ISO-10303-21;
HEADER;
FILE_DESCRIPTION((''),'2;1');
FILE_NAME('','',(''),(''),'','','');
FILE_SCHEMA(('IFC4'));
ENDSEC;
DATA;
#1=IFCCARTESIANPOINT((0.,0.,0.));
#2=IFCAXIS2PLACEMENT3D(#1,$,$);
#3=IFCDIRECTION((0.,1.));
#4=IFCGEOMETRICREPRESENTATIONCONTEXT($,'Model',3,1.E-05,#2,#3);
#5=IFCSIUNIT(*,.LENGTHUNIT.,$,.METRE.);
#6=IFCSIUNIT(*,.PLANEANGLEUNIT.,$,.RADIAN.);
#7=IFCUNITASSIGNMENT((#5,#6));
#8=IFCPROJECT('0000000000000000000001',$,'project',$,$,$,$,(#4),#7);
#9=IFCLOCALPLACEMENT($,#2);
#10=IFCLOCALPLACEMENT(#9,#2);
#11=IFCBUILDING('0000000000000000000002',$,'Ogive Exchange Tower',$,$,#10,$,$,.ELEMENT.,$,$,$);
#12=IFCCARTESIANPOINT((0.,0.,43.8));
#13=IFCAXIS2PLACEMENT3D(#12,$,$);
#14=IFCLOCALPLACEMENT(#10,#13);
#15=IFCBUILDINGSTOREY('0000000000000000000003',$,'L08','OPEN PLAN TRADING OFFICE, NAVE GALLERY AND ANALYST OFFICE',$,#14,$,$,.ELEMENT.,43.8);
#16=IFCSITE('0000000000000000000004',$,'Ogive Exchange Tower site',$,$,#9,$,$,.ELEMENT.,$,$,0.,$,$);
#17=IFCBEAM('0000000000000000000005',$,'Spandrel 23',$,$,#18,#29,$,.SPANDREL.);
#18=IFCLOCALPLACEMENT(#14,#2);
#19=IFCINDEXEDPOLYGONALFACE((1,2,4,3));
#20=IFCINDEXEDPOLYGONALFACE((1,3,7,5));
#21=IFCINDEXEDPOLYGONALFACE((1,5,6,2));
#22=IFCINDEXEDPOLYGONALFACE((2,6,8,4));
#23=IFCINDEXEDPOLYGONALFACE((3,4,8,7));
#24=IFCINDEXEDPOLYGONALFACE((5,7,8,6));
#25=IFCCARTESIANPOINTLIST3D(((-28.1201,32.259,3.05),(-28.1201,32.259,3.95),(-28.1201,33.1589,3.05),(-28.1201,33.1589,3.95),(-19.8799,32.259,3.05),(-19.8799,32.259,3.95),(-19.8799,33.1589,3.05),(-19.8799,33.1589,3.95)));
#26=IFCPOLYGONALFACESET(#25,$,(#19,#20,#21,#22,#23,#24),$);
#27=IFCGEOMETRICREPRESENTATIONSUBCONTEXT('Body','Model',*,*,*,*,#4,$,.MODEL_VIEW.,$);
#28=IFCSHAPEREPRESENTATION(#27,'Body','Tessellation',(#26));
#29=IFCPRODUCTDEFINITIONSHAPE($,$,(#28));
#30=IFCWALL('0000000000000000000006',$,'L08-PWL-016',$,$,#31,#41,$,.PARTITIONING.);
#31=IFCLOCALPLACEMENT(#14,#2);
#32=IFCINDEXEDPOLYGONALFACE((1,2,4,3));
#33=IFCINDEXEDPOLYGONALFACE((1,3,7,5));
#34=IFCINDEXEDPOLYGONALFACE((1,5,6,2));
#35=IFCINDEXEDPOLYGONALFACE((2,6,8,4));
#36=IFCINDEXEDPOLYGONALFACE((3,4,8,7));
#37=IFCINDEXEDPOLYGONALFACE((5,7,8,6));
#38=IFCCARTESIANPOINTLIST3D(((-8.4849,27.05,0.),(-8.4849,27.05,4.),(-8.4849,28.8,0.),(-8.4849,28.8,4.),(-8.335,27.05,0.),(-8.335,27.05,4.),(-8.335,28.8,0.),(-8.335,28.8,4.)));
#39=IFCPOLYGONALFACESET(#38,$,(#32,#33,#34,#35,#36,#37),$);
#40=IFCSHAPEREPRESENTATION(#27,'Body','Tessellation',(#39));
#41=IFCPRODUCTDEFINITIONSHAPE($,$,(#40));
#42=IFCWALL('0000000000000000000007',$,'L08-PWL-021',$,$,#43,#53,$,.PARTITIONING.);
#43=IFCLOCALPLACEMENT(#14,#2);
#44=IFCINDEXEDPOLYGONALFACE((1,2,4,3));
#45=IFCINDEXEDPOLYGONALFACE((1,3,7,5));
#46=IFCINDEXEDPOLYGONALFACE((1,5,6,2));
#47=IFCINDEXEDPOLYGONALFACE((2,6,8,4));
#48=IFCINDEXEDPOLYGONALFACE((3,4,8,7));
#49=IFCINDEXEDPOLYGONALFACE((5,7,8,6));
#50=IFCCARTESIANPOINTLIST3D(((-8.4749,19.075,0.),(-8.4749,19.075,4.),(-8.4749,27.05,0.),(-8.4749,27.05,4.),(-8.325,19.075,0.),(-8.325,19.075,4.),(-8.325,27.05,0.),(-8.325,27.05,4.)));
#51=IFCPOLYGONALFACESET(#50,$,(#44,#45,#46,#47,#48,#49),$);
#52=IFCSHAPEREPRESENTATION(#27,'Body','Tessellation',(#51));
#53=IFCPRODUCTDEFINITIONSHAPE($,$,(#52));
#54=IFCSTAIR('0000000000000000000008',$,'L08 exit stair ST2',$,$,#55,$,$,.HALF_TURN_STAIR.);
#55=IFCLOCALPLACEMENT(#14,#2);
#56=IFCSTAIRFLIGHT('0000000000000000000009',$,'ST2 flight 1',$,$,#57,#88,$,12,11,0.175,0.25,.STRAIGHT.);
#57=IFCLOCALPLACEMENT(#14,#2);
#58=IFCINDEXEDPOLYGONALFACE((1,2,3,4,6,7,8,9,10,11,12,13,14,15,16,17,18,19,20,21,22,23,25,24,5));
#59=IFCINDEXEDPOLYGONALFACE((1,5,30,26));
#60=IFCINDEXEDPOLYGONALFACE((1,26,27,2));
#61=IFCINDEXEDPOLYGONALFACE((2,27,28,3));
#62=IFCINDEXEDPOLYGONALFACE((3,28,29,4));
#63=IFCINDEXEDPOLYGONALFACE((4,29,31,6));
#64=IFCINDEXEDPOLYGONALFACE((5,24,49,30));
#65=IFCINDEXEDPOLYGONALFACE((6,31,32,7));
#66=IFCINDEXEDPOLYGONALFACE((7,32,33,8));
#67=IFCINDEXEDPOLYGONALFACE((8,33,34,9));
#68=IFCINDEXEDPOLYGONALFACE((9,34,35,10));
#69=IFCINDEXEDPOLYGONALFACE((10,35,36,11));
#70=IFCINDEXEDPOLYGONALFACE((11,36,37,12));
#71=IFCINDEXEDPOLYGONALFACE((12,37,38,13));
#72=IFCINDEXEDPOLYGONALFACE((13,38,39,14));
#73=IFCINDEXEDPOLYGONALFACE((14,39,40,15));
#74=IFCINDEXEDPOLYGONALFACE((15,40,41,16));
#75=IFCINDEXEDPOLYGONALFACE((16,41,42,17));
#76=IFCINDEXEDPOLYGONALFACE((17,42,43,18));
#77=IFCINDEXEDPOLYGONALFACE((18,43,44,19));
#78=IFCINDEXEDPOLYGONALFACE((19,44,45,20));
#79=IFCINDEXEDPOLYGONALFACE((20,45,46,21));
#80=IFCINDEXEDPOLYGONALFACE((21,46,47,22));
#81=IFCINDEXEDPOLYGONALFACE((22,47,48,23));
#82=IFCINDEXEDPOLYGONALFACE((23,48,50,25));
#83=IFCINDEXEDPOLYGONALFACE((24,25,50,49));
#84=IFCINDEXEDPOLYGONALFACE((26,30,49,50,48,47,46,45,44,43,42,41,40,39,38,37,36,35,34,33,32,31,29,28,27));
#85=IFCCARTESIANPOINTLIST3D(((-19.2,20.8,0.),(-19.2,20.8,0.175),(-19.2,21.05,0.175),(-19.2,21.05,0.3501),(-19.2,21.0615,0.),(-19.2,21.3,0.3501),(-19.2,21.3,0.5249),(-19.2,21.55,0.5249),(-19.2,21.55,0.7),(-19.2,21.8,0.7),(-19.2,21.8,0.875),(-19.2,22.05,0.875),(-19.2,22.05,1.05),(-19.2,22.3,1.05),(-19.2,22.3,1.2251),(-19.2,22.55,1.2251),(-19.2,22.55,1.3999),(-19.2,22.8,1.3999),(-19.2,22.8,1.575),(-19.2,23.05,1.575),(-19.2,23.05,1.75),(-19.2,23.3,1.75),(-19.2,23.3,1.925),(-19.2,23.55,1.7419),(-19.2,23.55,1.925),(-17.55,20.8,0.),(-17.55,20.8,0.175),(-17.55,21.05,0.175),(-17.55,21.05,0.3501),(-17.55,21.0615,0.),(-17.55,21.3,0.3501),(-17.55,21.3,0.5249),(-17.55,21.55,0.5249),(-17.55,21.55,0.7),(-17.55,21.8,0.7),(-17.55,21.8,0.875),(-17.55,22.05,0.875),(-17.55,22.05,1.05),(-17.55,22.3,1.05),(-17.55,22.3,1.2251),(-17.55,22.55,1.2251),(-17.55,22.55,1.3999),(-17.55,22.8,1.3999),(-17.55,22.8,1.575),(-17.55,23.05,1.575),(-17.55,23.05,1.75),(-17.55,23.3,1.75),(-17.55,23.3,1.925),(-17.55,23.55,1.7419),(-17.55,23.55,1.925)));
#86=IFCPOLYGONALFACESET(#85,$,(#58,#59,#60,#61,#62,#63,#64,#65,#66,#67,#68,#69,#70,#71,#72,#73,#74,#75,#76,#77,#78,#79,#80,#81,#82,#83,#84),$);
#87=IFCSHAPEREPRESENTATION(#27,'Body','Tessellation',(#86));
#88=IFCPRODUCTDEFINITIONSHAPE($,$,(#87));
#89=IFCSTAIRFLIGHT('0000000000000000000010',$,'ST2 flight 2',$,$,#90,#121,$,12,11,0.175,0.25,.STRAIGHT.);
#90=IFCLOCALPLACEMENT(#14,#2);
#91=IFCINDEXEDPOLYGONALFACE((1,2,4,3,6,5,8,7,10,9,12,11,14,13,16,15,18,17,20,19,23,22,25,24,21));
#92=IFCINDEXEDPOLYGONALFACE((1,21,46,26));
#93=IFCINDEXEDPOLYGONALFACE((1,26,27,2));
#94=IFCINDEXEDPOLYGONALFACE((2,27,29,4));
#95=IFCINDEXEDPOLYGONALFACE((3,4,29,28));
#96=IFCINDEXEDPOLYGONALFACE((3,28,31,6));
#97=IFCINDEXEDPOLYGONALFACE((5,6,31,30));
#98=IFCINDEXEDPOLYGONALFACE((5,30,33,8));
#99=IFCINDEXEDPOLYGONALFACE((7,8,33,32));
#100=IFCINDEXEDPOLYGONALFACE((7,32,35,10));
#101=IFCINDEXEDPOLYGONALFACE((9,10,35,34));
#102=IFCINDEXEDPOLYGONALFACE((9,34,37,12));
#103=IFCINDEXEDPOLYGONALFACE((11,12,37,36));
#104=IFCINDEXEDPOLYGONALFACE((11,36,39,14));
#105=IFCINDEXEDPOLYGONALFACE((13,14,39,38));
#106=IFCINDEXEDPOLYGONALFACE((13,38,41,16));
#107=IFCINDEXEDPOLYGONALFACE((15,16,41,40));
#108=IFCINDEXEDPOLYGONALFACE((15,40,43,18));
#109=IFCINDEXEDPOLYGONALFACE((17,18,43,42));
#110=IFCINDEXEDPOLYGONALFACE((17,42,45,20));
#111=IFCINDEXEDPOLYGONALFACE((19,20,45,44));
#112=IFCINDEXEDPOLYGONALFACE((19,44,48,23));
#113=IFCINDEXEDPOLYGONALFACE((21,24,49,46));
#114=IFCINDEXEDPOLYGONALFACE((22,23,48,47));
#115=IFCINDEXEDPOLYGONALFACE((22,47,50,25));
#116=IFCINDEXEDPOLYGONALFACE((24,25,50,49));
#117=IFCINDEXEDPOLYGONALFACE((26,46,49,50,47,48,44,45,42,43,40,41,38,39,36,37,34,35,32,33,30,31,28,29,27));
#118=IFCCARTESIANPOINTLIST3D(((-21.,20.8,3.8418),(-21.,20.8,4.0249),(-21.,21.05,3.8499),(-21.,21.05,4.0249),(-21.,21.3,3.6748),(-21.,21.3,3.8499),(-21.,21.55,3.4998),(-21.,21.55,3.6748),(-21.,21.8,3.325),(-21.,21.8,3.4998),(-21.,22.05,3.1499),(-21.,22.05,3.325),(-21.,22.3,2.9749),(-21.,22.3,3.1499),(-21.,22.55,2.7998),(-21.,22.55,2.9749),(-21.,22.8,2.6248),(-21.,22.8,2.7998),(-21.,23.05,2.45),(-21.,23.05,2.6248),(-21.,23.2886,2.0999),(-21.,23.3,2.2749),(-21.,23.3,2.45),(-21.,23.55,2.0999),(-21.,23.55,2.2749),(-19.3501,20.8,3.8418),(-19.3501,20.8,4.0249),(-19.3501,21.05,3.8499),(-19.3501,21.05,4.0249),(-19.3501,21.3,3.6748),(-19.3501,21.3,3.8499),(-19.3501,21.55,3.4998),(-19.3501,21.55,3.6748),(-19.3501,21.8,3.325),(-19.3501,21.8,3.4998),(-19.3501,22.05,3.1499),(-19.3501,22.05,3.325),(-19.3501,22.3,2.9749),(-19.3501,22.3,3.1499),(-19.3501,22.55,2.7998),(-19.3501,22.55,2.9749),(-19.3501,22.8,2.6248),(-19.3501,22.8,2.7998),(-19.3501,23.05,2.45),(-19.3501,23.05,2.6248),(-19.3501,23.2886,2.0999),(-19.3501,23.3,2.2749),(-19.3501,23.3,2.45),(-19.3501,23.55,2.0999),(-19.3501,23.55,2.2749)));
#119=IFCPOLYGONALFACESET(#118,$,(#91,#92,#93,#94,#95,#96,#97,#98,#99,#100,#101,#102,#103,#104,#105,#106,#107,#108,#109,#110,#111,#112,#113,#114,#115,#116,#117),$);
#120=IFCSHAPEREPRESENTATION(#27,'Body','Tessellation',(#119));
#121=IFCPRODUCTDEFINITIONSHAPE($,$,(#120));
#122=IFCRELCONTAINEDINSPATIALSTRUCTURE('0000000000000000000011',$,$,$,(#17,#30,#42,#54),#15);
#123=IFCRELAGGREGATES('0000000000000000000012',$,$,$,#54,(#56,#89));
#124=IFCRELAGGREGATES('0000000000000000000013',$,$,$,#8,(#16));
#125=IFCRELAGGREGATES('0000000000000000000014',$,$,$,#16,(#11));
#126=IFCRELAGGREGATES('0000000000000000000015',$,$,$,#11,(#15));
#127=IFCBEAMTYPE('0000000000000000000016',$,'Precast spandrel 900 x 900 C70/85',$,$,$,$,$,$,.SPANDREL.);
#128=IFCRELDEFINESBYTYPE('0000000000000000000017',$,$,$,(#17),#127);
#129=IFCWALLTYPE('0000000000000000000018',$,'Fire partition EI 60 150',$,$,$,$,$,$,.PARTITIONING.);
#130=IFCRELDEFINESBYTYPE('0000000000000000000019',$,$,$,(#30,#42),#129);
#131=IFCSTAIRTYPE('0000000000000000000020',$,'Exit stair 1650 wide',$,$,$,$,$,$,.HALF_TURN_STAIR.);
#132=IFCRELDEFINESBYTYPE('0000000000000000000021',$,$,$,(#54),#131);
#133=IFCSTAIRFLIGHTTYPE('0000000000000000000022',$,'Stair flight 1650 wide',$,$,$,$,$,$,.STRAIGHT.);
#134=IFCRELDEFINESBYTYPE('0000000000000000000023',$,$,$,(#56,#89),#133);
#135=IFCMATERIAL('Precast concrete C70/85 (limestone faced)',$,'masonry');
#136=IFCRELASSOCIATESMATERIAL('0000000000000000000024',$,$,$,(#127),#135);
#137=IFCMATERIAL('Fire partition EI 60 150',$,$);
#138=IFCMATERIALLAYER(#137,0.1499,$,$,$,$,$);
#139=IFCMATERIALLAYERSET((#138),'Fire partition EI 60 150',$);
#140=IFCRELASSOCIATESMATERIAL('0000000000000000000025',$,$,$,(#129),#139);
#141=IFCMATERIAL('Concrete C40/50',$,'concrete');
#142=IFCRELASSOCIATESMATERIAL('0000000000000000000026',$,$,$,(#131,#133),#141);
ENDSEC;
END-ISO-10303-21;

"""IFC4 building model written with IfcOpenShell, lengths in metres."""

from ifc_helpers import new_model, si_unit, direction, frame, frame_2d, origin, origin_2d, place, context, subcontext, project, spatial, polyline, rectangle, outline, extrude, material, layer, layer_set, material_profile, profile_set, type_object, element, aggregate, save


model = new_model("IFC4")

# Units and contexts
model_context = context("Model", 3, precision=1e-05, world=origin(), true_north=direction((0.0, 1.0)))
body_context = subcontext(model_context, "Body", "Model", "MODEL_VIEW")
ifc_project = project(units=[si_unit("LENGTHUNIT", "METRE"), si_unit("PLANEANGLEUNIT", "RADIAN")], contexts=[model_context])

# Site, building, storey
site_placement = place(None, origin())
site = spatial("IfcSite", under=ifc_project, at=site_placement, Name="Ogive Exchange Tower site", CompositionType="ELEMENT", RefElevation=0.0)
building_placement = place(site_placement, origin())
building = spatial("IfcBuilding", under=site, at=building_placement, Name="Ogive Exchange Tower", CompositionType="ELEMENT")
storey_placement = place(building_placement, frame((0.0, 0.0, 43.8)))
storey = spatial("IfcBuildingStorey", under=building, at=storey_placement, Name="L08", Description="OPEN PLAN TRADING OFFICE, NAVE GALLERY AND ANALYST OFFICE", CompositionType="ELEMENT", Elevation=43.8)

# Shared definitions
ifc_material_1 = material(Name="Precast concrete C70/85 (limestone faced)", Category="masonry")

# Beam
ifc_material_profile_1 = material_profile(ifc_material_1, rectangle(XDim=0.8999, YDim=0.8999, at=origin_2d()), Name="900 x 900")
ifc_profile_set_1 = profile_set([ifc_material_profile_1], Name="Precast concrete C70/85 (limestone faced)")
beam_type_1 = type_object("IfcBeamType", Name="Precast spandrel 900 x 900 C70/85", PredefinedType="SPANDREL", material=ifc_profile_set_1)
beam_1_placement = place(storey_placement, frame((-19.8799, 32.709, 3.5), z_axis=(-1.0, 0.0, 0.0), x_axis=(0.0, -1.0, 0.0)))
element("IfcBeam", 1, at=beam_1_placement, inside=storey, type_object=beam_type_1, Name="Spandrel 23", PredefinedType="SPANDREL", context=body_context, shape_type="SweptSolid", body=[
    extrude(rectangle(XDim=0.8999, YDim=0.8999, at=origin_2d()), origin(), (0.0, 0.0, 1.0), 8.2402),
])

# Walls
ifc_material_2 = material(Name="Fire partition EI 60 150")
ifc_layer = layer(ifc_material_2, 0.1499)
ifc_layer_set = layer_set([ifc_layer], Name="Fire partition EI 60 150")
wall_type = type_object("IfcWallType", Name="Fire partition EI 60 150", PredefinedType="PARTITIONING", material=ifc_layer_set)
wall_1_placement = place(storey_placement, frame((-8.4099, 28.8, 0.0), z_axis=(0.0, 0.0, 1.0), x_axis=(0.0, -1.0, 0.0)))
element("IfcWall", 2, at=wall_1_placement, inside=storey, type_object=wall_type, Name="L08-PWL-016", PredefinedType="PARTITIONING", context=body_context, shape_type="SweptSolid", body=[
    extrude(rectangle(XDim=1.75, YDim=0.1499, at=frame_2d((0.875, 0.0))), origin(), (0.0, 0.0, 1.0), 4.0),
])
wall_2_placement = place(storey_placement, frame((-8.3999, 27.05, 0.0), z_axis=(0.0, 0.0, 1.0), x_axis=(0.0, -1.0, 0.0)))
element("IfcWall", 3, at=wall_2_placement, inside=storey, type_object=wall_type, Name="L08-PWL-021", PredefinedType="PARTITIONING", context=body_context, shape_type="SweptSolid", body=[
    extrude(rectangle(XDim=7.9751, YDim=0.1499, at=frame_2d((3.9875, 0.0))), origin(), (0.0, 0.0, 1.0), 4.0),
])

# Stair, stair flights
ifc_material_3 = material(Name="Concrete C40/50", Category="concrete")
stair_type = type_object("IfcStairType", Name="Exit stair 1650 wide", PredefinedType="HALF_TURN_STAIR", material=ifc_material_3)
stair_placement = place(storey_placement, origin())
stair = element("IfcStair", 4, at=stair_placement, inside=storey, type_object=stair_type, Name="L08 exit stair ST2", PredefinedType="HALF_TURN_STAIR")
stair_flight_type = type_object("IfcStairFlightType", Name="Stair flight 1650 wide", PredefinedType="STRAIGHT", material=ifc_material_3)
stair_flight_1_placement = place(storey_placement, frame((-18.375, 20.8, 0.0), z_axis=(0.0, 0.0, 1.0), x_axis=(0.0, 1.0, 0.0)))
stair_flight_1 = element("IfcStairFlight", 5, at=stair_flight_1_placement, type_object=stair_flight_type, Name="ST2 flight 1", NumberOfRisers=12, NumberOfTreads=11, PredefinedType="STRAIGHT", RiserHeight=0.175, TreadLength=0.25, context=body_context, shape_type="SweptSolid", body=[
    extrude(outline(polyline([(0.0, 0.0), (0.0, 0.175), (0.25, 0.175), (0.25, 0.3501), (0.5, 0.3501), (0.5, 0.5249), (0.75, 0.5249), (0.75, 0.7), (1.0, 0.7), (1.0, 0.875), (1.25, 0.875), (1.25, 1.05), (1.5, 1.05), (1.5, 1.2251), (1.75, 1.2251), (1.75, 1.3999), (2.0, 1.3999), (2.0, 1.575), (2.25, 1.575), (2.25, 1.75), (2.5, 1.75), (2.5, 1.925), (2.75, 1.925), (2.75, 2.1001), (2.75, 1.7419), (0.2615, 0.0), (0.0, 0.0)])), frame((0.0, 0.825, 0.0), z_axis=(0.0, -1.0, 0.0), x_axis=(1.0, 0.0, 0.0)), (0.0, 0.0, 1.0), 1.6499),
])
stair_flight_2_placement = place(storey_placement, frame((-20.175, 23.55, 2.0999), z_axis=(0.0, 0.0, 1.0), x_axis=(0.0, -1.0, 0.0)))
stair_flight_2 = element("IfcStairFlight", 6, at=stair_flight_2_placement, type_object=stair_flight_type, Name="ST2 flight 2", NumberOfRisers=12, NumberOfTreads=11, PredefinedType="STRAIGHT", RiserHeight=0.175, TreadLength=0.25, context=body_context, shape_type="SweptSolid", body=[
    extrude(outline(polyline([(0.0, 0.0), (0.0, 0.175), (0.25, 0.175), (0.25, 0.3501), (0.5, 0.3501), (0.5, 0.5249), (0.75, 0.5249), (0.75, 0.7), (1.0, 0.7), (1.0, 0.875), (1.25, 0.875), (1.25, 1.05), (1.5, 1.05), (1.5, 1.2251), (1.75, 1.2251), (1.75, 1.3999), (2.0, 1.3999), (2.0, 1.575), (2.25, 1.575), (2.25, 1.75), (2.5, 1.75), (2.5, 1.925), (2.75, 1.925), (2.75, 2.1001), (2.75, 1.7419), (0.2615, 0.0), (0.0, 0.0)])), frame((0.0, 0.825, 0.0), z_axis=(0.0, -1.0, 0.0), x_axis=(1.0, 0.0, 0.0)), (0.0, 0.0, 1.0), 1.6499),
])
aggregate(stair, [stair_flight_1, stair_flight_2])

save(model, "model.ifc")
